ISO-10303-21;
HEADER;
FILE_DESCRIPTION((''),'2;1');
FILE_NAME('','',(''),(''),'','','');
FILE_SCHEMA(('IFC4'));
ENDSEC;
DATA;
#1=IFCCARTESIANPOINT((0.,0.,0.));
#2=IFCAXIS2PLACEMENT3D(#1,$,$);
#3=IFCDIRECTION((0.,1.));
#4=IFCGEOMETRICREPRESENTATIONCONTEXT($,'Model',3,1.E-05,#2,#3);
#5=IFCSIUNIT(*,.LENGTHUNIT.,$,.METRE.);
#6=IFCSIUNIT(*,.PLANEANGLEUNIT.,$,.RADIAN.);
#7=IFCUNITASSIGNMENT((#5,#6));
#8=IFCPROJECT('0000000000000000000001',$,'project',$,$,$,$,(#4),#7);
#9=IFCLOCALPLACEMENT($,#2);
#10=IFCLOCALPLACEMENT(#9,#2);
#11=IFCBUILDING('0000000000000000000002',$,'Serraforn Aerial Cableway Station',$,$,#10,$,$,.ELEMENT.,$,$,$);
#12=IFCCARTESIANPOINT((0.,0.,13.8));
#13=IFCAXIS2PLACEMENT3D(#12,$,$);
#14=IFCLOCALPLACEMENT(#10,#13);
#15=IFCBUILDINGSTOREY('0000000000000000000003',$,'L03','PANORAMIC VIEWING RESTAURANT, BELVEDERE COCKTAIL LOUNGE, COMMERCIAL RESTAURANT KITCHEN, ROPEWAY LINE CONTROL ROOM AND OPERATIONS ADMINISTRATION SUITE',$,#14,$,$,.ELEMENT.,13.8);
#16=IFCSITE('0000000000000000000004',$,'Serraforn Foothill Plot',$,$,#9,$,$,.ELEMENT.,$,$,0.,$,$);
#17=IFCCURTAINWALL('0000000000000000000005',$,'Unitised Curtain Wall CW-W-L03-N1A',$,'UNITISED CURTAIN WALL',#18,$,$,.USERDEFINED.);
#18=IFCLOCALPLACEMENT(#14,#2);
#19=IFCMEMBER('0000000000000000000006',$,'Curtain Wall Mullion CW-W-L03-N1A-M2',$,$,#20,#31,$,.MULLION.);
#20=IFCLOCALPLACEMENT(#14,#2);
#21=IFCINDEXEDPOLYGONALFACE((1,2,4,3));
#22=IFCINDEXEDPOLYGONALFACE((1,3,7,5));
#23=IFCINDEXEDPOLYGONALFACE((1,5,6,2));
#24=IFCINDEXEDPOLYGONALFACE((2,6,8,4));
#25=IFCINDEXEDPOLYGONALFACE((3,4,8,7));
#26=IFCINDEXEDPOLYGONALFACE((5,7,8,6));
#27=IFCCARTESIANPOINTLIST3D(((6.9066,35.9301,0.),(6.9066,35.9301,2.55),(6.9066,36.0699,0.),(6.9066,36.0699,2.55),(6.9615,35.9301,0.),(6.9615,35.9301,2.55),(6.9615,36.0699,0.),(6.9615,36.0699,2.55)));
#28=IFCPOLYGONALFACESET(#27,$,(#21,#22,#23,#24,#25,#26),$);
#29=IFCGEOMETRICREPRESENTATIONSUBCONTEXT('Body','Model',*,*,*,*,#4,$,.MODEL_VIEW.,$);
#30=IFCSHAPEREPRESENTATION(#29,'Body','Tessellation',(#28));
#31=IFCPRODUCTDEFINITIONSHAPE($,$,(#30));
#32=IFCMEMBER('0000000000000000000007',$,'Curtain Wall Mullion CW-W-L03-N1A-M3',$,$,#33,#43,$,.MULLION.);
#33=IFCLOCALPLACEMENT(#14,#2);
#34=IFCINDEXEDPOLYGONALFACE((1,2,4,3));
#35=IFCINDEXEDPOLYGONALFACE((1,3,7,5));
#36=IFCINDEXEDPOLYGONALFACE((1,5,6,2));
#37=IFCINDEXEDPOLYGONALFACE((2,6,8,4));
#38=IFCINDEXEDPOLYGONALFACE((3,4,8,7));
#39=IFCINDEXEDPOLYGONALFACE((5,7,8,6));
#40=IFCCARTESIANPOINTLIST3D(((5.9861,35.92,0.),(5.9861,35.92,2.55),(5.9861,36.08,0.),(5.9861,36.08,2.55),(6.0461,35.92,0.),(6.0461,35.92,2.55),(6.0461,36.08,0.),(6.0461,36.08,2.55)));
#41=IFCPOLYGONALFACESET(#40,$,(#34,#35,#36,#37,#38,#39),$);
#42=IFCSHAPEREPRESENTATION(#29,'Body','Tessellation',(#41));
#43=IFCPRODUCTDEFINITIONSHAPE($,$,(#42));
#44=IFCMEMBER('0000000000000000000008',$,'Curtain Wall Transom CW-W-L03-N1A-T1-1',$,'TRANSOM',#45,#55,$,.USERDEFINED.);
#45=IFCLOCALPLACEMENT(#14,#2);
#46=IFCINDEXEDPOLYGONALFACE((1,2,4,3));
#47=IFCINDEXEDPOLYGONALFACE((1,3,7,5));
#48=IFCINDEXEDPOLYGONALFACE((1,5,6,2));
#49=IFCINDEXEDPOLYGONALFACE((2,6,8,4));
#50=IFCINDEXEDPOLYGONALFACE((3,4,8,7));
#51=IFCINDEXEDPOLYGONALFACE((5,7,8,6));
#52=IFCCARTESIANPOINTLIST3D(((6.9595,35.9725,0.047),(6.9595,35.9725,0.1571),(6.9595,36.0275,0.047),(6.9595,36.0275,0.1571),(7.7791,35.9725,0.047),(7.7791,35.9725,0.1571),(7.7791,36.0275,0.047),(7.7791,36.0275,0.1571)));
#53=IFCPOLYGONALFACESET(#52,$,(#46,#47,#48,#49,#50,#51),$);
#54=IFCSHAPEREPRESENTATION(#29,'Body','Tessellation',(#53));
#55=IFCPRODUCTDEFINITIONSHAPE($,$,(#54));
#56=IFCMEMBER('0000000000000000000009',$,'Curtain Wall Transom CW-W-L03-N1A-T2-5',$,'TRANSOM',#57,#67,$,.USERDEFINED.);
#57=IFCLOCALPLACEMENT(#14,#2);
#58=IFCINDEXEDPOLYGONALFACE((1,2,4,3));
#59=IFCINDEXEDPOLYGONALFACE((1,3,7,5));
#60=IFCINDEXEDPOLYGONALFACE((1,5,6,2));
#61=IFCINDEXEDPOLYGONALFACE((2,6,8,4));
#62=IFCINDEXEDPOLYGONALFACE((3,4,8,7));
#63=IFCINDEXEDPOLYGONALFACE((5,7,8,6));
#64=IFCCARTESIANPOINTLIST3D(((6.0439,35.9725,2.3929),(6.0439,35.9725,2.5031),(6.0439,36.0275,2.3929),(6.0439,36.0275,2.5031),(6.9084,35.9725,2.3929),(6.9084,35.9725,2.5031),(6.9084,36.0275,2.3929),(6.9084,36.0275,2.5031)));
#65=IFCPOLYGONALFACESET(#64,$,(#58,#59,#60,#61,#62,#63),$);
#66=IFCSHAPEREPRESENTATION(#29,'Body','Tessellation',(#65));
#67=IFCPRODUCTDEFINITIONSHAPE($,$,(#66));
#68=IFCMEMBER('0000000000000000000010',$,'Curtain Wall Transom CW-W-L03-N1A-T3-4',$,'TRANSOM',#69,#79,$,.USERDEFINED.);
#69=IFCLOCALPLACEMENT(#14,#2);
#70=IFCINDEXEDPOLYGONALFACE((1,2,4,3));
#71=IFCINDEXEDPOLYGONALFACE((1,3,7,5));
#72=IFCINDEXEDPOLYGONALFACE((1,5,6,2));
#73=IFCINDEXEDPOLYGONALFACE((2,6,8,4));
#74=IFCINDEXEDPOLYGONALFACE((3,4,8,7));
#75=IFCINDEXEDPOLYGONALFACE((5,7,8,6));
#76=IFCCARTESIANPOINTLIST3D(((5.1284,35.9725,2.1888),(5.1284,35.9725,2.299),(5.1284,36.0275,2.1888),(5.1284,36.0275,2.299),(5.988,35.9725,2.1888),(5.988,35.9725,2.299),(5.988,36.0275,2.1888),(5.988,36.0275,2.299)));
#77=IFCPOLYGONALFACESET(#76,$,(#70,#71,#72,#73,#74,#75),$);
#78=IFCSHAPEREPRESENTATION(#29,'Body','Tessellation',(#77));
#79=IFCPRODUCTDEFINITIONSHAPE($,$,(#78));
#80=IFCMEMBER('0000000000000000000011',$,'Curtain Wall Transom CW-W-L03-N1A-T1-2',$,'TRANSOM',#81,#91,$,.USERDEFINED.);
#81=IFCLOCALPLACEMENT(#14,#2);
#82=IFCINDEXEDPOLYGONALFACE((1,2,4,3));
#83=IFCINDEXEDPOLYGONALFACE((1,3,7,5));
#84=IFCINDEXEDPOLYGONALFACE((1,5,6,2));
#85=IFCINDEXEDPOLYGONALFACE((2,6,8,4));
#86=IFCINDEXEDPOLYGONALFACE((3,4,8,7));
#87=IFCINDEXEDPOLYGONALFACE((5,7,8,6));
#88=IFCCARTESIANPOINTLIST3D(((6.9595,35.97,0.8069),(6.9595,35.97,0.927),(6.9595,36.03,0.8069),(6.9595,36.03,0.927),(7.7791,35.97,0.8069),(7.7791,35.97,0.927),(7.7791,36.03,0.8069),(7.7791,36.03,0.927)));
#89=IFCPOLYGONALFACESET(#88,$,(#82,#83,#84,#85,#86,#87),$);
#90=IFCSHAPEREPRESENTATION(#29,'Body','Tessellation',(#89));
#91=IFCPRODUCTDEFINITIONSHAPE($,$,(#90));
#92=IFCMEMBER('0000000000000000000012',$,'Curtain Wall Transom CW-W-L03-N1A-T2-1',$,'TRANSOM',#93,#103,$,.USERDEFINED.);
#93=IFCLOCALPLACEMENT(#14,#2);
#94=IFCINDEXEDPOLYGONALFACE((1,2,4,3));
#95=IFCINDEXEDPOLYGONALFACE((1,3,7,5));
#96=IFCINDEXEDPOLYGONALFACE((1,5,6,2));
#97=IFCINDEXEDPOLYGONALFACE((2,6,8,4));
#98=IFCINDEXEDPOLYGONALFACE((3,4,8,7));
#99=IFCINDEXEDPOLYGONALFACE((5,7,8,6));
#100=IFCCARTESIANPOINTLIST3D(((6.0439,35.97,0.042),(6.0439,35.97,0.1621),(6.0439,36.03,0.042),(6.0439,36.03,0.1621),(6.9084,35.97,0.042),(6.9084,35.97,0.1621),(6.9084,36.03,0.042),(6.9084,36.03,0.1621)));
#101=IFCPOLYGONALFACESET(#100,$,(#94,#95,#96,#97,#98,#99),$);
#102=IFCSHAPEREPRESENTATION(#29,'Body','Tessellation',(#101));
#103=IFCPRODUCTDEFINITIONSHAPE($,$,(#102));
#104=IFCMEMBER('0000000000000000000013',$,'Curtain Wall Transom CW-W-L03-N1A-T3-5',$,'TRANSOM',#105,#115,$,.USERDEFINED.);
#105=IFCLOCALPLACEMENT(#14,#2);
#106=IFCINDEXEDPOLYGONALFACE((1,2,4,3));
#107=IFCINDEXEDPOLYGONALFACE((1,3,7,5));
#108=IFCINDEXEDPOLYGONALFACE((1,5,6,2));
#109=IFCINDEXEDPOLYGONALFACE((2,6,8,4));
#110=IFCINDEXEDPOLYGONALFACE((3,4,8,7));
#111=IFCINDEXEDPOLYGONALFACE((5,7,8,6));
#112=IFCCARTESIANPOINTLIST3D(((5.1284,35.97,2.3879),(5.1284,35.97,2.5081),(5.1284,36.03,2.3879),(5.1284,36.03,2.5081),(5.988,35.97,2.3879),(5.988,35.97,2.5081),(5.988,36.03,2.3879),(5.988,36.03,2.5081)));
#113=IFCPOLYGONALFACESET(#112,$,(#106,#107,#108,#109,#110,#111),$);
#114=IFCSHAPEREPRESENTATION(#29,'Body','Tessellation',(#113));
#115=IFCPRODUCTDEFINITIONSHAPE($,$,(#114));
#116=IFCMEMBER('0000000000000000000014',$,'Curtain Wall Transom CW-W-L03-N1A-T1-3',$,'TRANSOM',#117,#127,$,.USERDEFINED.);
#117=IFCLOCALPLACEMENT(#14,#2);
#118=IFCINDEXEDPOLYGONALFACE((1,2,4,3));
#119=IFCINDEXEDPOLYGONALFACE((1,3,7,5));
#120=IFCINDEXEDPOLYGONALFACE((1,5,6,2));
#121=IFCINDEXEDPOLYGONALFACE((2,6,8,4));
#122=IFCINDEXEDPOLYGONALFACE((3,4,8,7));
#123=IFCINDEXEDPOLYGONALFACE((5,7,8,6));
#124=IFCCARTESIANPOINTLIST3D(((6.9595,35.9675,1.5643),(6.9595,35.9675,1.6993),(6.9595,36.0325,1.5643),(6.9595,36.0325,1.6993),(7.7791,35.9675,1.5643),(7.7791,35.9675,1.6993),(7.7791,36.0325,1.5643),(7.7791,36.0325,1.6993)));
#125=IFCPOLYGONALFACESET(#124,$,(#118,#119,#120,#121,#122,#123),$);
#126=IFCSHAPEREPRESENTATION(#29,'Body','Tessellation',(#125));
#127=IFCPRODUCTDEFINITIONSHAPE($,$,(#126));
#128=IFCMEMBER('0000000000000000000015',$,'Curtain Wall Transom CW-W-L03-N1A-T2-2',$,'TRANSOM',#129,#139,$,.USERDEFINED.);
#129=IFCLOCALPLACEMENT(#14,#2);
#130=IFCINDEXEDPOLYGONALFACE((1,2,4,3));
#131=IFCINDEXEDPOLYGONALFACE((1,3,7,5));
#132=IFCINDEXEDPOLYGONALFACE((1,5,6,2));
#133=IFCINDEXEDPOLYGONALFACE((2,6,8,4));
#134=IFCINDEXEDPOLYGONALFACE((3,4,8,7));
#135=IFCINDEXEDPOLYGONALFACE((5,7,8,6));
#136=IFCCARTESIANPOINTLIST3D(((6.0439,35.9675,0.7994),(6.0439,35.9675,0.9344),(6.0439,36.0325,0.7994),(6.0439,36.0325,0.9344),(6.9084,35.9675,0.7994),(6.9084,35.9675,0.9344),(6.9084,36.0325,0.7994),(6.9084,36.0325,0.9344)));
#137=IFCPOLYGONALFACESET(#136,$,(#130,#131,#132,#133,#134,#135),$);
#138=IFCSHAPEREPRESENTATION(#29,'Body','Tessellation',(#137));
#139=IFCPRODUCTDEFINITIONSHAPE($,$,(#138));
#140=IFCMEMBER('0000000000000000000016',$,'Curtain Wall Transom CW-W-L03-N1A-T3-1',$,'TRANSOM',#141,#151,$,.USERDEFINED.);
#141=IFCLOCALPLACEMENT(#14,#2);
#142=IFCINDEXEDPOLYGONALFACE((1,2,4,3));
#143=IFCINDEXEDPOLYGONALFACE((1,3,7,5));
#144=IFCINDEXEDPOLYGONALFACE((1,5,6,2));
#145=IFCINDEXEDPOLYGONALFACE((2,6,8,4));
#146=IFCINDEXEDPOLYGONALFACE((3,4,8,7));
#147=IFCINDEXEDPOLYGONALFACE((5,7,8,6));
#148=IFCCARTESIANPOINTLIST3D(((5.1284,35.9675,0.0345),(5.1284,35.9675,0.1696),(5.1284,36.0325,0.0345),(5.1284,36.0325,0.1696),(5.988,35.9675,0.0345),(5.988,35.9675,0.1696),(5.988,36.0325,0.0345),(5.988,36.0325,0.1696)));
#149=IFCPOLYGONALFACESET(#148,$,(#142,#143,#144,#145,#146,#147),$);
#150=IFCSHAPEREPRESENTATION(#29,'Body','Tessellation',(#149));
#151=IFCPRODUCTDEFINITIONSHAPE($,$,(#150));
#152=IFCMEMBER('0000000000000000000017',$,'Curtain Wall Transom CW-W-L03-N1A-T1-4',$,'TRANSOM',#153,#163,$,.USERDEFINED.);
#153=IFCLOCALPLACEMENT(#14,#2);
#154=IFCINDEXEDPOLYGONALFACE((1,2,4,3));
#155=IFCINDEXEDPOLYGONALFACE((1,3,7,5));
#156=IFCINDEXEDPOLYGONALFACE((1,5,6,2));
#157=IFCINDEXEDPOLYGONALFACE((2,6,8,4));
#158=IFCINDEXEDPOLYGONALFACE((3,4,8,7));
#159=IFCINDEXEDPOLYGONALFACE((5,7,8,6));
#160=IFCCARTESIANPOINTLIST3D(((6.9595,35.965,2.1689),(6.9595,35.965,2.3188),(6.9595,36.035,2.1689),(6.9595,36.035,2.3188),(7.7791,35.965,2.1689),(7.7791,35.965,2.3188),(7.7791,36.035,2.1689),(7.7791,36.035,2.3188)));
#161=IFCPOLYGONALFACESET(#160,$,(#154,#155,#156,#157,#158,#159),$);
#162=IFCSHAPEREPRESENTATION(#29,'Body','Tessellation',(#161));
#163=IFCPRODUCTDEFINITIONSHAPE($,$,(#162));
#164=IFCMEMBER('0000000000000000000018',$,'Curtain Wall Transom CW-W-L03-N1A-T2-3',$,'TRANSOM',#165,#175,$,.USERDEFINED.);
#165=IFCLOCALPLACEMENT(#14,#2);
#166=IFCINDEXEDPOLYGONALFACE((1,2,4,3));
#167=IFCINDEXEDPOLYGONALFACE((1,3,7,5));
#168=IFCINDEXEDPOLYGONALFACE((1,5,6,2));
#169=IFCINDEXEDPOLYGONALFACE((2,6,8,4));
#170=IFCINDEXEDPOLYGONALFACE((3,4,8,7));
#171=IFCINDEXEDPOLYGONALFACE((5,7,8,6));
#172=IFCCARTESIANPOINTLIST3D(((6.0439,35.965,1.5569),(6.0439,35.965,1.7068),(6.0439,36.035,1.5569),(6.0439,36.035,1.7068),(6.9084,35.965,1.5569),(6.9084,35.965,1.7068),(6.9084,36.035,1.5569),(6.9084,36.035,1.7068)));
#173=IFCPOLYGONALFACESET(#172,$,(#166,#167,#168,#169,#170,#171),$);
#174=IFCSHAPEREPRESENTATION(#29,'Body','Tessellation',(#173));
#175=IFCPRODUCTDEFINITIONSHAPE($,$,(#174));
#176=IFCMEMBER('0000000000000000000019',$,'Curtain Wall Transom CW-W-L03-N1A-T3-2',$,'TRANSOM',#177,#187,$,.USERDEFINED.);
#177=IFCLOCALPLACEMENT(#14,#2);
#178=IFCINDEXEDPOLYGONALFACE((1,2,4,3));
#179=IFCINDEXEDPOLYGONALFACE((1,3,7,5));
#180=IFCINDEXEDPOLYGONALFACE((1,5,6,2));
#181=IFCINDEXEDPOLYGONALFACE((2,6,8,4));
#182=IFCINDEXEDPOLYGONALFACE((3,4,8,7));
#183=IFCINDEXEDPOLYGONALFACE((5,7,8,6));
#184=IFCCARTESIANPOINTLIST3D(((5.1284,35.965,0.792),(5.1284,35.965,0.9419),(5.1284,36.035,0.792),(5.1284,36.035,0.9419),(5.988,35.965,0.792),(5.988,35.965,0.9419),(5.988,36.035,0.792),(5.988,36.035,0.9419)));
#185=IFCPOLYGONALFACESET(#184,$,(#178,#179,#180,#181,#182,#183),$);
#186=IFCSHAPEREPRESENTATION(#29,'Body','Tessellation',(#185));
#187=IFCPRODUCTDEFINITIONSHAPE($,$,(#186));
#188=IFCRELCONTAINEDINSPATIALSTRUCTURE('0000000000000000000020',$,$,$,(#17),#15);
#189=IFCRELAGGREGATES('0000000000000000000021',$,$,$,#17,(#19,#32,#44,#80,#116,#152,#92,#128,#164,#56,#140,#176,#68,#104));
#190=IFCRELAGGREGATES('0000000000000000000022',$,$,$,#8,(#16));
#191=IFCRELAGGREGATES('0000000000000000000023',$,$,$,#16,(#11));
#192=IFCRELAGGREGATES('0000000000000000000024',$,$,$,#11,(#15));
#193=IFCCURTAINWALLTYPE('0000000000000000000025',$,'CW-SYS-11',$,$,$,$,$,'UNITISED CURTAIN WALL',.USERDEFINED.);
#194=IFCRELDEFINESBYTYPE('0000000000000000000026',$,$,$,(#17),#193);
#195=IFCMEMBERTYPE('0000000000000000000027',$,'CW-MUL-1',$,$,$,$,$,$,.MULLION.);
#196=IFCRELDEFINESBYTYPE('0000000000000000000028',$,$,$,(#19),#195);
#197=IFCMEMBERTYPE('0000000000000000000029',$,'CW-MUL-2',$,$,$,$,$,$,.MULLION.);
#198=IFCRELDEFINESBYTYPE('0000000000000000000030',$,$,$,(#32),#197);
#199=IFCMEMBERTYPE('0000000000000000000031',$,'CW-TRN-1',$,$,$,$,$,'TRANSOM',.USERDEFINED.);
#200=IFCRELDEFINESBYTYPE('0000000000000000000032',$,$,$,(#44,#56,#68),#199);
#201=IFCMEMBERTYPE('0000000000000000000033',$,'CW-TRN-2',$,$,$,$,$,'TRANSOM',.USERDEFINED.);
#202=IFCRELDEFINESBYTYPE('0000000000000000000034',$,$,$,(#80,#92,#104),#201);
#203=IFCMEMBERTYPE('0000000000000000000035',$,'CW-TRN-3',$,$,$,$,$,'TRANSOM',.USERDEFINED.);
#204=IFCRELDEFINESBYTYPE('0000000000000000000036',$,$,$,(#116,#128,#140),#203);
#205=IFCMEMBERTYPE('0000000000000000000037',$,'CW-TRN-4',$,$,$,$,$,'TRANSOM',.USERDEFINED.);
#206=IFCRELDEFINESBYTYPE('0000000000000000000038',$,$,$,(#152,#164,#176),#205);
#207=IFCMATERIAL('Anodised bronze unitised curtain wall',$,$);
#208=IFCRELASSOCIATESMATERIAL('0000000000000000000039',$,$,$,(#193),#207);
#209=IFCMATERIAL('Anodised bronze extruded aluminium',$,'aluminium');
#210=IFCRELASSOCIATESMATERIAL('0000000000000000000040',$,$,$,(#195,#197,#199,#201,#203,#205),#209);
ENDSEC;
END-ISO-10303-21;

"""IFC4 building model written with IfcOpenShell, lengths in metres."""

from ifc_helpers import new_model, si_unit, direction, frame, origin, origin_2d, place, context, subcontext, project, spatial, rectangle, extrude, material, material_profile, profile_set, type_object, element, aggregate, save


model = new_model("IFC4")

# Units and contexts
model_context = context("Model", 3, precision=1e-05, world=origin(), true_north=direction((0.0, 1.0)))
body_context = subcontext(model_context, "Body", "Model", "MODEL_VIEW")
ifc_project = project(units=[si_unit("LENGTHUNIT", "METRE"), si_unit("PLANEANGLEUNIT", "RADIAN")], contexts=[model_context])

# Site, building, storey
site_placement = place(None, origin())
site = spatial("IfcSite", under=ifc_project, at=site_placement, Name="Serraforn Foothill Plot", CompositionType="ELEMENT", RefElevation=0.0)
building_placement = place(site_placement, origin())
building = spatial("IfcBuilding", under=site, at=building_placement, Name="Serraforn Aerial Cableway Station", CompositionType="ELEMENT")
storey_placement = place(building_placement, frame((0.0, 0.0, 13.8)))
storey = spatial("IfcBuildingStorey", under=building, at=storey_placement, Name="L03", Description="PANORAMIC VIEWING RESTAURANT, BELVEDERE COCKTAIL LOUNGE, COMMERCIAL RESTAURANT KITCHEN, ROPEWAY LINE CONTROL ROOM AND OPERATIONS ADMINISTRATION SUITE", CompositionType="ELEMENT", Elevation=13.8)

# Curtain wall, members
ifc_material_1 = material(Name="Anodised bronze unitised curtain wall")
curtain_wall_type = type_object("IfcCurtainWallType", Name="CW-SYS-11", ElementType="UNITISED CURTAIN WALL", PredefinedType="USERDEFINED", material=ifc_material_1)
curtain_wall_placement = place(storey_placement, origin())
curtain_wall = element("IfcCurtainWall", 1, at=curtain_wall_placement, inside=storey, type_object=curtain_wall_type, Name="Unitised Curtain Wall CW-W-L03-N1A", ObjectType="UNITISED CURTAIN WALL", PredefinedType="USERDEFINED")
ifc_material_2 = material(Name="Anodised bronze extruded aluminium", Category="aluminium")
ifc_material_profile_1 = material_profile(ifc_material_2, rectangle(XDim=0.0549, YDim=0.1399, at=origin_2d()), Name="CW MULLION 55x140")
ifc_profile_set_1 = profile_set([ifc_material_profile_1], Name="Anodised bronze extruded aluminium")
member_type_1 = type_object("IfcMemberType", Name="CW-MUL-1", PredefinedType="MULLION", material=ifc_profile_set_1)
member_1_placement = place(storey_placement, frame((6.9341, 36.0, 0.0), z_axis=(0.0, 0.0, 1.0), x_axis=(-1.0, 0.0, 0.0)))
member_1 = element("IfcMember", 2, at=member_1_placement, type_object=member_type_1, Name="Curtain Wall Mullion CW-W-L03-N1A-M2", PredefinedType="MULLION", context=body_context, shape_type="SweptSolid", body=[
    extrude(rectangle(XDim=0.0549, YDim=0.1399, at=origin_2d()), origin(), (0.0, 0.0, 1.0), 2.55),
])
ifc_material_profile_2 = material_profile(ifc_material_2, rectangle(XDim=0.0601, YDim=0.1599, at=origin_2d()), Name="CW MULLION 60x160")
ifc_profile_set_2 = profile_set([ifc_material_profile_2], Name="Anodised bronze extruded aluminium")
member_type_2 = type_object("IfcMemberType", Name="CW-MUL-2", PredefinedType="MULLION", material=ifc_profile_set_2)
member_2_placement = place(storey_placement, frame((6.0161, 36.0, 0.0), z_axis=(0.0, 0.0, 1.0), x_axis=(-1.0, 0.0, 0.0)))
member_2 = element("IfcMember", 3, at=member_2_placement, type_object=member_type_2, Name="Curtain Wall Mullion CW-W-L03-N1A-M3", PredefinedType="MULLION", context=body_context, shape_type="SweptSolid", body=[
    extrude(rectangle(XDim=0.0601, YDim=0.1599, at=origin_2d()), origin(), (0.0, 0.0, 1.0), 2.55),
])
ifc_material_profile_3 = material_profile(ifc_material_2, rectangle(XDim=0.0549, YDim=0.1101, at=origin_2d()), Name="CW TRANSOM 55x110")
ifc_profile_set_3 = profile_set([ifc_material_profile_3], Name="Anodised bronze extruded aluminium")
member_type_3 = type_object("IfcMemberType", Name="CW-TRN-1", ElementType="TRANSOM", PredefinedType="USERDEFINED", material=ifc_profile_set_3)
member_3_placement = place(storey_placement, frame((7.7791, 36.0, 0.1021), z_axis=(-1.0, 0.0, 0.0), x_axis=(0.0, -1.0, 0.0)))
member_3 = element("IfcMember", 4, at=member_3_placement, type_object=member_type_3, Name="Curtain Wall Transom CW-W-L03-N1A-T1-1", ObjectType="TRANSOM", PredefinedType="USERDEFINED", context=body_context, shape_type="SweptSolid", body=[
    extrude(rectangle(XDim=0.0549, YDim=0.1101, at=origin_2d()), origin(), (0.0, 0.0, 1.0), 0.8196),
])
member_4_placement = place(storey_placement, frame((6.9084, 36.0, 2.448), z_axis=(-1.0, 0.0, 0.0), x_axis=(0.0, -1.0, 0.0)))
member_4 = element("IfcMember", 5, at=member_4_placement, type_object=member_type_3, Name="Curtain Wall Transom CW-W-L03-N1A-T2-5", ObjectType="TRANSOM", PredefinedType="USERDEFINED", context=body_context, shape_type="SweptSolid", body=[
    extrude(rectangle(XDim=0.0549, YDim=0.1101, at=origin_2d()), origin(), (0.0, 0.0, 1.0), 0.8645),
])
member_5_placement = place(storey_placement, frame((5.988, 36.0, 2.2439), z_axis=(-1.0, 0.0, 0.0), x_axis=(0.0, -1.0, 0.0)))
member_5 = element("IfcMember", 6, at=member_5_placement, type_object=member_type_3, Name="Curtain Wall Transom CW-W-L03-N1A-T3-4", ObjectType="TRANSOM", PredefinedType="USERDEFINED", context=body_context, shape_type="SweptSolid", body=[
    extrude(rectangle(XDim=0.0549, YDim=0.1101, at=origin_2d()), origin(), (0.0, 0.0, 1.0), 0.8596),
])
ifc_material_profile_4 = material_profile(ifc_material_2, rectangle(XDim=0.0601, YDim=0.1201, at=origin_2d()), Name="CW TRANSOM 60x120")
ifc_profile_set_4 = profile_set([ifc_material_profile_4], Name="Anodised bronze extruded aluminium")
member_type_4 = type_object("IfcMemberType", Name="CW-TRN-2", ElementType="TRANSOM", PredefinedType="USERDEFINED", material=ifc_profile_set_4)
member_6_placement = place(storey_placement, frame((7.7791, 36.0, 0.8669), z_axis=(-1.0, 0.0, 0.0), x_axis=(0.0, -1.0, 0.0)))
member_6 = element("IfcMember", 7, at=member_6_placement, type_object=member_type_4, Name="Curtain Wall Transom CW-W-L03-N1A-T1-2", ObjectType="TRANSOM", PredefinedType="USERDEFINED", context=body_context, shape_type="SweptSolid", body=[
    extrude(rectangle(XDim=0.0601, YDim=0.1201, at=origin_2d()), origin(), (0.0, 0.0, 1.0), 0.8196),
])
member_7_placement = place(storey_placement, frame((6.9084, 36.0, 0.1021), z_axis=(-1.0, 0.0, 0.0), x_axis=(0.0, -1.0, 0.0)))
member_7 = element("IfcMember", 8, at=member_7_placement, type_object=member_type_4, Name="Curtain Wall Transom CW-W-L03-N1A-T2-1", ObjectType="TRANSOM", PredefinedType="USERDEFINED", context=body_context, shape_type="SweptSolid", body=[
    extrude(rectangle(XDim=0.0601, YDim=0.1201, at=origin_2d()), origin(), (0.0, 0.0, 1.0), 0.8645),
])
member_8_placement = place(storey_placement, frame((5.988, 36.0, 2.448), z_axis=(-1.0, 0.0, 0.0), x_axis=(0.0, -1.0, 0.0)))
member_8 = element("IfcMember", 9, at=member_8_placement, type_object=member_type_4, Name="Curtain Wall Transom CW-W-L03-N1A-T3-5", ObjectType="TRANSOM", PredefinedType="USERDEFINED", context=body_context, shape_type="SweptSolid", body=[
    extrude(rectangle(XDim=0.0601, YDim=0.1201, at=origin_2d()), origin(), (0.0, 0.0, 1.0), 0.8596),
])
ifc_material_profile_5 = material_profile(ifc_material_2, rectangle(XDim=0.0649, YDim=0.135, at=origin_2d()), Name="CW TRANSOM 65x135")
ifc_profile_set_5 = profile_set([ifc_material_profile_5], Name="Anodised bronze extruded aluminium")
member_type_5 = type_object("IfcMemberType", Name="CW-TRN-3", ElementType="TRANSOM", PredefinedType="USERDEFINED", material=ifc_profile_set_5)
member_9_placement = place(storey_placement, frame((7.7791, 36.0, 1.6318), z_axis=(-1.0, 0.0, 0.0), x_axis=(0.0, -1.0, 0.0)))
member_9 = element("IfcMember", 10, at=member_9_placement, type_object=member_type_5, Name="Curtain Wall Transom CW-W-L03-N1A-T1-3", ObjectType="TRANSOM", PredefinedType="USERDEFINED", context=body_context, shape_type="SweptSolid", body=[
    extrude(rectangle(XDim=0.0649, YDim=0.135, at=origin_2d()), origin(), (0.0, 0.0, 1.0), 0.8196),
])
member_10_placement = place(storey_placement, frame((6.9084, 36.0, 0.8669), z_axis=(-1.0, 0.0, 0.0), x_axis=(0.0, -1.0, 0.0)))
member_10 = element("IfcMember", 11, at=member_10_placement, type_object=member_type_5, Name="Curtain Wall Transom CW-W-L03-N1A-T2-2", ObjectType="TRANSOM", PredefinedType="USERDEFINED", context=body_context, shape_type="SweptSolid", body=[
    extrude(rectangle(XDim=0.0649, YDim=0.135, at=origin_2d()), origin(), (0.0, 0.0, 1.0), 0.8645),
])
member_11_placement = place(storey_placement, frame((5.988, 36.0, 0.1021), z_axis=(-1.0, 0.0, 0.0), x_axis=(0.0, -1.0, 0.0)))
member_11 = element("IfcMember", 12, at=member_11_placement, type_object=member_type_5, Name="Curtain Wall Transom CW-W-L03-N1A-T3-1", ObjectType="TRANSOM", PredefinedType="USERDEFINED", context=body_context, shape_type="SweptSolid", body=[
    extrude(rectangle(XDim=0.0649, YDim=0.135, at=origin_2d()), origin(), (0.0, 0.0, 1.0), 0.8596),
])
ifc_material_profile_6 = material_profile(ifc_material_2, rectangle(XDim=0.0701, YDim=0.1499, at=origin_2d()), Name="CW TRANSOM 70x150")
ifc_profile_set_6 = profile_set([ifc_material_profile_6], Name="Anodised bronze extruded aluminium")
member_type_6 = type_object("IfcMemberType", Name="CW-TRN-4", ElementType="TRANSOM", PredefinedType="USERDEFINED", material=ifc_profile_set_6)
member_12_placement = place(storey_placement, frame((7.7791, 36.0, 2.2439), z_axis=(-1.0, 0.0, 0.0), x_axis=(0.0, -1.0, 0.0)))
member_12 = element("IfcMember", 13, at=member_12_placement, type_object=member_type_6, Name="Curtain Wall Transom CW-W-L03-N1A-T1-4", ObjectType="TRANSOM", PredefinedType="USERDEFINED", context=body_context, shape_type="SweptSolid", body=[
    extrude(rectangle(XDim=0.0701, YDim=0.1499, at=origin_2d()), origin(), (0.0, 0.0, 1.0), 0.8196),
])
member_13_placement = place(storey_placement, frame((6.9084, 36.0, 1.6318), z_axis=(-1.0, 0.0, 0.0), x_axis=(0.0, -1.0, 0.0)))
member_13 = element("IfcMember", 14, at=member_13_placement, type_object=member_type_6, Name="Curtain Wall Transom CW-W-L03-N1A-T2-3", ObjectType="TRANSOM", PredefinedType="USERDEFINED", context=body_context, shape_type="SweptSolid", body=[
    extrude(rectangle(XDim=0.0701, YDim=0.1499, at=origin_2d()), origin(), (0.0, 0.0, 1.0), 0.8645),
])
member_14_placement = place(storey_placement, frame((5.988, 36.0, 0.8669), z_axis=(-1.0, 0.0, 0.0), x_axis=(0.0, -1.0, 0.0)))
member_14 = element("IfcMember", 15, at=member_14_placement, type_object=member_type_6, Name="Curtain Wall Transom CW-W-L03-N1A-T3-2", ObjectType="TRANSOM", PredefinedType="USERDEFINED", context=body_context, shape_type="SweptSolid", body=[
    extrude(rectangle(XDim=0.0701, YDim=0.1499, at=origin_2d()), origin(), (0.0, 0.0, 1.0), 0.8596),
])
aggregate(curtain_wall, [member_1, member_2, member_3, member_6, member_9, member_12, member_7, member_10, member_13, member_4, member_11, member_14, member_5, member_8])

save(model, "model.ifc")
